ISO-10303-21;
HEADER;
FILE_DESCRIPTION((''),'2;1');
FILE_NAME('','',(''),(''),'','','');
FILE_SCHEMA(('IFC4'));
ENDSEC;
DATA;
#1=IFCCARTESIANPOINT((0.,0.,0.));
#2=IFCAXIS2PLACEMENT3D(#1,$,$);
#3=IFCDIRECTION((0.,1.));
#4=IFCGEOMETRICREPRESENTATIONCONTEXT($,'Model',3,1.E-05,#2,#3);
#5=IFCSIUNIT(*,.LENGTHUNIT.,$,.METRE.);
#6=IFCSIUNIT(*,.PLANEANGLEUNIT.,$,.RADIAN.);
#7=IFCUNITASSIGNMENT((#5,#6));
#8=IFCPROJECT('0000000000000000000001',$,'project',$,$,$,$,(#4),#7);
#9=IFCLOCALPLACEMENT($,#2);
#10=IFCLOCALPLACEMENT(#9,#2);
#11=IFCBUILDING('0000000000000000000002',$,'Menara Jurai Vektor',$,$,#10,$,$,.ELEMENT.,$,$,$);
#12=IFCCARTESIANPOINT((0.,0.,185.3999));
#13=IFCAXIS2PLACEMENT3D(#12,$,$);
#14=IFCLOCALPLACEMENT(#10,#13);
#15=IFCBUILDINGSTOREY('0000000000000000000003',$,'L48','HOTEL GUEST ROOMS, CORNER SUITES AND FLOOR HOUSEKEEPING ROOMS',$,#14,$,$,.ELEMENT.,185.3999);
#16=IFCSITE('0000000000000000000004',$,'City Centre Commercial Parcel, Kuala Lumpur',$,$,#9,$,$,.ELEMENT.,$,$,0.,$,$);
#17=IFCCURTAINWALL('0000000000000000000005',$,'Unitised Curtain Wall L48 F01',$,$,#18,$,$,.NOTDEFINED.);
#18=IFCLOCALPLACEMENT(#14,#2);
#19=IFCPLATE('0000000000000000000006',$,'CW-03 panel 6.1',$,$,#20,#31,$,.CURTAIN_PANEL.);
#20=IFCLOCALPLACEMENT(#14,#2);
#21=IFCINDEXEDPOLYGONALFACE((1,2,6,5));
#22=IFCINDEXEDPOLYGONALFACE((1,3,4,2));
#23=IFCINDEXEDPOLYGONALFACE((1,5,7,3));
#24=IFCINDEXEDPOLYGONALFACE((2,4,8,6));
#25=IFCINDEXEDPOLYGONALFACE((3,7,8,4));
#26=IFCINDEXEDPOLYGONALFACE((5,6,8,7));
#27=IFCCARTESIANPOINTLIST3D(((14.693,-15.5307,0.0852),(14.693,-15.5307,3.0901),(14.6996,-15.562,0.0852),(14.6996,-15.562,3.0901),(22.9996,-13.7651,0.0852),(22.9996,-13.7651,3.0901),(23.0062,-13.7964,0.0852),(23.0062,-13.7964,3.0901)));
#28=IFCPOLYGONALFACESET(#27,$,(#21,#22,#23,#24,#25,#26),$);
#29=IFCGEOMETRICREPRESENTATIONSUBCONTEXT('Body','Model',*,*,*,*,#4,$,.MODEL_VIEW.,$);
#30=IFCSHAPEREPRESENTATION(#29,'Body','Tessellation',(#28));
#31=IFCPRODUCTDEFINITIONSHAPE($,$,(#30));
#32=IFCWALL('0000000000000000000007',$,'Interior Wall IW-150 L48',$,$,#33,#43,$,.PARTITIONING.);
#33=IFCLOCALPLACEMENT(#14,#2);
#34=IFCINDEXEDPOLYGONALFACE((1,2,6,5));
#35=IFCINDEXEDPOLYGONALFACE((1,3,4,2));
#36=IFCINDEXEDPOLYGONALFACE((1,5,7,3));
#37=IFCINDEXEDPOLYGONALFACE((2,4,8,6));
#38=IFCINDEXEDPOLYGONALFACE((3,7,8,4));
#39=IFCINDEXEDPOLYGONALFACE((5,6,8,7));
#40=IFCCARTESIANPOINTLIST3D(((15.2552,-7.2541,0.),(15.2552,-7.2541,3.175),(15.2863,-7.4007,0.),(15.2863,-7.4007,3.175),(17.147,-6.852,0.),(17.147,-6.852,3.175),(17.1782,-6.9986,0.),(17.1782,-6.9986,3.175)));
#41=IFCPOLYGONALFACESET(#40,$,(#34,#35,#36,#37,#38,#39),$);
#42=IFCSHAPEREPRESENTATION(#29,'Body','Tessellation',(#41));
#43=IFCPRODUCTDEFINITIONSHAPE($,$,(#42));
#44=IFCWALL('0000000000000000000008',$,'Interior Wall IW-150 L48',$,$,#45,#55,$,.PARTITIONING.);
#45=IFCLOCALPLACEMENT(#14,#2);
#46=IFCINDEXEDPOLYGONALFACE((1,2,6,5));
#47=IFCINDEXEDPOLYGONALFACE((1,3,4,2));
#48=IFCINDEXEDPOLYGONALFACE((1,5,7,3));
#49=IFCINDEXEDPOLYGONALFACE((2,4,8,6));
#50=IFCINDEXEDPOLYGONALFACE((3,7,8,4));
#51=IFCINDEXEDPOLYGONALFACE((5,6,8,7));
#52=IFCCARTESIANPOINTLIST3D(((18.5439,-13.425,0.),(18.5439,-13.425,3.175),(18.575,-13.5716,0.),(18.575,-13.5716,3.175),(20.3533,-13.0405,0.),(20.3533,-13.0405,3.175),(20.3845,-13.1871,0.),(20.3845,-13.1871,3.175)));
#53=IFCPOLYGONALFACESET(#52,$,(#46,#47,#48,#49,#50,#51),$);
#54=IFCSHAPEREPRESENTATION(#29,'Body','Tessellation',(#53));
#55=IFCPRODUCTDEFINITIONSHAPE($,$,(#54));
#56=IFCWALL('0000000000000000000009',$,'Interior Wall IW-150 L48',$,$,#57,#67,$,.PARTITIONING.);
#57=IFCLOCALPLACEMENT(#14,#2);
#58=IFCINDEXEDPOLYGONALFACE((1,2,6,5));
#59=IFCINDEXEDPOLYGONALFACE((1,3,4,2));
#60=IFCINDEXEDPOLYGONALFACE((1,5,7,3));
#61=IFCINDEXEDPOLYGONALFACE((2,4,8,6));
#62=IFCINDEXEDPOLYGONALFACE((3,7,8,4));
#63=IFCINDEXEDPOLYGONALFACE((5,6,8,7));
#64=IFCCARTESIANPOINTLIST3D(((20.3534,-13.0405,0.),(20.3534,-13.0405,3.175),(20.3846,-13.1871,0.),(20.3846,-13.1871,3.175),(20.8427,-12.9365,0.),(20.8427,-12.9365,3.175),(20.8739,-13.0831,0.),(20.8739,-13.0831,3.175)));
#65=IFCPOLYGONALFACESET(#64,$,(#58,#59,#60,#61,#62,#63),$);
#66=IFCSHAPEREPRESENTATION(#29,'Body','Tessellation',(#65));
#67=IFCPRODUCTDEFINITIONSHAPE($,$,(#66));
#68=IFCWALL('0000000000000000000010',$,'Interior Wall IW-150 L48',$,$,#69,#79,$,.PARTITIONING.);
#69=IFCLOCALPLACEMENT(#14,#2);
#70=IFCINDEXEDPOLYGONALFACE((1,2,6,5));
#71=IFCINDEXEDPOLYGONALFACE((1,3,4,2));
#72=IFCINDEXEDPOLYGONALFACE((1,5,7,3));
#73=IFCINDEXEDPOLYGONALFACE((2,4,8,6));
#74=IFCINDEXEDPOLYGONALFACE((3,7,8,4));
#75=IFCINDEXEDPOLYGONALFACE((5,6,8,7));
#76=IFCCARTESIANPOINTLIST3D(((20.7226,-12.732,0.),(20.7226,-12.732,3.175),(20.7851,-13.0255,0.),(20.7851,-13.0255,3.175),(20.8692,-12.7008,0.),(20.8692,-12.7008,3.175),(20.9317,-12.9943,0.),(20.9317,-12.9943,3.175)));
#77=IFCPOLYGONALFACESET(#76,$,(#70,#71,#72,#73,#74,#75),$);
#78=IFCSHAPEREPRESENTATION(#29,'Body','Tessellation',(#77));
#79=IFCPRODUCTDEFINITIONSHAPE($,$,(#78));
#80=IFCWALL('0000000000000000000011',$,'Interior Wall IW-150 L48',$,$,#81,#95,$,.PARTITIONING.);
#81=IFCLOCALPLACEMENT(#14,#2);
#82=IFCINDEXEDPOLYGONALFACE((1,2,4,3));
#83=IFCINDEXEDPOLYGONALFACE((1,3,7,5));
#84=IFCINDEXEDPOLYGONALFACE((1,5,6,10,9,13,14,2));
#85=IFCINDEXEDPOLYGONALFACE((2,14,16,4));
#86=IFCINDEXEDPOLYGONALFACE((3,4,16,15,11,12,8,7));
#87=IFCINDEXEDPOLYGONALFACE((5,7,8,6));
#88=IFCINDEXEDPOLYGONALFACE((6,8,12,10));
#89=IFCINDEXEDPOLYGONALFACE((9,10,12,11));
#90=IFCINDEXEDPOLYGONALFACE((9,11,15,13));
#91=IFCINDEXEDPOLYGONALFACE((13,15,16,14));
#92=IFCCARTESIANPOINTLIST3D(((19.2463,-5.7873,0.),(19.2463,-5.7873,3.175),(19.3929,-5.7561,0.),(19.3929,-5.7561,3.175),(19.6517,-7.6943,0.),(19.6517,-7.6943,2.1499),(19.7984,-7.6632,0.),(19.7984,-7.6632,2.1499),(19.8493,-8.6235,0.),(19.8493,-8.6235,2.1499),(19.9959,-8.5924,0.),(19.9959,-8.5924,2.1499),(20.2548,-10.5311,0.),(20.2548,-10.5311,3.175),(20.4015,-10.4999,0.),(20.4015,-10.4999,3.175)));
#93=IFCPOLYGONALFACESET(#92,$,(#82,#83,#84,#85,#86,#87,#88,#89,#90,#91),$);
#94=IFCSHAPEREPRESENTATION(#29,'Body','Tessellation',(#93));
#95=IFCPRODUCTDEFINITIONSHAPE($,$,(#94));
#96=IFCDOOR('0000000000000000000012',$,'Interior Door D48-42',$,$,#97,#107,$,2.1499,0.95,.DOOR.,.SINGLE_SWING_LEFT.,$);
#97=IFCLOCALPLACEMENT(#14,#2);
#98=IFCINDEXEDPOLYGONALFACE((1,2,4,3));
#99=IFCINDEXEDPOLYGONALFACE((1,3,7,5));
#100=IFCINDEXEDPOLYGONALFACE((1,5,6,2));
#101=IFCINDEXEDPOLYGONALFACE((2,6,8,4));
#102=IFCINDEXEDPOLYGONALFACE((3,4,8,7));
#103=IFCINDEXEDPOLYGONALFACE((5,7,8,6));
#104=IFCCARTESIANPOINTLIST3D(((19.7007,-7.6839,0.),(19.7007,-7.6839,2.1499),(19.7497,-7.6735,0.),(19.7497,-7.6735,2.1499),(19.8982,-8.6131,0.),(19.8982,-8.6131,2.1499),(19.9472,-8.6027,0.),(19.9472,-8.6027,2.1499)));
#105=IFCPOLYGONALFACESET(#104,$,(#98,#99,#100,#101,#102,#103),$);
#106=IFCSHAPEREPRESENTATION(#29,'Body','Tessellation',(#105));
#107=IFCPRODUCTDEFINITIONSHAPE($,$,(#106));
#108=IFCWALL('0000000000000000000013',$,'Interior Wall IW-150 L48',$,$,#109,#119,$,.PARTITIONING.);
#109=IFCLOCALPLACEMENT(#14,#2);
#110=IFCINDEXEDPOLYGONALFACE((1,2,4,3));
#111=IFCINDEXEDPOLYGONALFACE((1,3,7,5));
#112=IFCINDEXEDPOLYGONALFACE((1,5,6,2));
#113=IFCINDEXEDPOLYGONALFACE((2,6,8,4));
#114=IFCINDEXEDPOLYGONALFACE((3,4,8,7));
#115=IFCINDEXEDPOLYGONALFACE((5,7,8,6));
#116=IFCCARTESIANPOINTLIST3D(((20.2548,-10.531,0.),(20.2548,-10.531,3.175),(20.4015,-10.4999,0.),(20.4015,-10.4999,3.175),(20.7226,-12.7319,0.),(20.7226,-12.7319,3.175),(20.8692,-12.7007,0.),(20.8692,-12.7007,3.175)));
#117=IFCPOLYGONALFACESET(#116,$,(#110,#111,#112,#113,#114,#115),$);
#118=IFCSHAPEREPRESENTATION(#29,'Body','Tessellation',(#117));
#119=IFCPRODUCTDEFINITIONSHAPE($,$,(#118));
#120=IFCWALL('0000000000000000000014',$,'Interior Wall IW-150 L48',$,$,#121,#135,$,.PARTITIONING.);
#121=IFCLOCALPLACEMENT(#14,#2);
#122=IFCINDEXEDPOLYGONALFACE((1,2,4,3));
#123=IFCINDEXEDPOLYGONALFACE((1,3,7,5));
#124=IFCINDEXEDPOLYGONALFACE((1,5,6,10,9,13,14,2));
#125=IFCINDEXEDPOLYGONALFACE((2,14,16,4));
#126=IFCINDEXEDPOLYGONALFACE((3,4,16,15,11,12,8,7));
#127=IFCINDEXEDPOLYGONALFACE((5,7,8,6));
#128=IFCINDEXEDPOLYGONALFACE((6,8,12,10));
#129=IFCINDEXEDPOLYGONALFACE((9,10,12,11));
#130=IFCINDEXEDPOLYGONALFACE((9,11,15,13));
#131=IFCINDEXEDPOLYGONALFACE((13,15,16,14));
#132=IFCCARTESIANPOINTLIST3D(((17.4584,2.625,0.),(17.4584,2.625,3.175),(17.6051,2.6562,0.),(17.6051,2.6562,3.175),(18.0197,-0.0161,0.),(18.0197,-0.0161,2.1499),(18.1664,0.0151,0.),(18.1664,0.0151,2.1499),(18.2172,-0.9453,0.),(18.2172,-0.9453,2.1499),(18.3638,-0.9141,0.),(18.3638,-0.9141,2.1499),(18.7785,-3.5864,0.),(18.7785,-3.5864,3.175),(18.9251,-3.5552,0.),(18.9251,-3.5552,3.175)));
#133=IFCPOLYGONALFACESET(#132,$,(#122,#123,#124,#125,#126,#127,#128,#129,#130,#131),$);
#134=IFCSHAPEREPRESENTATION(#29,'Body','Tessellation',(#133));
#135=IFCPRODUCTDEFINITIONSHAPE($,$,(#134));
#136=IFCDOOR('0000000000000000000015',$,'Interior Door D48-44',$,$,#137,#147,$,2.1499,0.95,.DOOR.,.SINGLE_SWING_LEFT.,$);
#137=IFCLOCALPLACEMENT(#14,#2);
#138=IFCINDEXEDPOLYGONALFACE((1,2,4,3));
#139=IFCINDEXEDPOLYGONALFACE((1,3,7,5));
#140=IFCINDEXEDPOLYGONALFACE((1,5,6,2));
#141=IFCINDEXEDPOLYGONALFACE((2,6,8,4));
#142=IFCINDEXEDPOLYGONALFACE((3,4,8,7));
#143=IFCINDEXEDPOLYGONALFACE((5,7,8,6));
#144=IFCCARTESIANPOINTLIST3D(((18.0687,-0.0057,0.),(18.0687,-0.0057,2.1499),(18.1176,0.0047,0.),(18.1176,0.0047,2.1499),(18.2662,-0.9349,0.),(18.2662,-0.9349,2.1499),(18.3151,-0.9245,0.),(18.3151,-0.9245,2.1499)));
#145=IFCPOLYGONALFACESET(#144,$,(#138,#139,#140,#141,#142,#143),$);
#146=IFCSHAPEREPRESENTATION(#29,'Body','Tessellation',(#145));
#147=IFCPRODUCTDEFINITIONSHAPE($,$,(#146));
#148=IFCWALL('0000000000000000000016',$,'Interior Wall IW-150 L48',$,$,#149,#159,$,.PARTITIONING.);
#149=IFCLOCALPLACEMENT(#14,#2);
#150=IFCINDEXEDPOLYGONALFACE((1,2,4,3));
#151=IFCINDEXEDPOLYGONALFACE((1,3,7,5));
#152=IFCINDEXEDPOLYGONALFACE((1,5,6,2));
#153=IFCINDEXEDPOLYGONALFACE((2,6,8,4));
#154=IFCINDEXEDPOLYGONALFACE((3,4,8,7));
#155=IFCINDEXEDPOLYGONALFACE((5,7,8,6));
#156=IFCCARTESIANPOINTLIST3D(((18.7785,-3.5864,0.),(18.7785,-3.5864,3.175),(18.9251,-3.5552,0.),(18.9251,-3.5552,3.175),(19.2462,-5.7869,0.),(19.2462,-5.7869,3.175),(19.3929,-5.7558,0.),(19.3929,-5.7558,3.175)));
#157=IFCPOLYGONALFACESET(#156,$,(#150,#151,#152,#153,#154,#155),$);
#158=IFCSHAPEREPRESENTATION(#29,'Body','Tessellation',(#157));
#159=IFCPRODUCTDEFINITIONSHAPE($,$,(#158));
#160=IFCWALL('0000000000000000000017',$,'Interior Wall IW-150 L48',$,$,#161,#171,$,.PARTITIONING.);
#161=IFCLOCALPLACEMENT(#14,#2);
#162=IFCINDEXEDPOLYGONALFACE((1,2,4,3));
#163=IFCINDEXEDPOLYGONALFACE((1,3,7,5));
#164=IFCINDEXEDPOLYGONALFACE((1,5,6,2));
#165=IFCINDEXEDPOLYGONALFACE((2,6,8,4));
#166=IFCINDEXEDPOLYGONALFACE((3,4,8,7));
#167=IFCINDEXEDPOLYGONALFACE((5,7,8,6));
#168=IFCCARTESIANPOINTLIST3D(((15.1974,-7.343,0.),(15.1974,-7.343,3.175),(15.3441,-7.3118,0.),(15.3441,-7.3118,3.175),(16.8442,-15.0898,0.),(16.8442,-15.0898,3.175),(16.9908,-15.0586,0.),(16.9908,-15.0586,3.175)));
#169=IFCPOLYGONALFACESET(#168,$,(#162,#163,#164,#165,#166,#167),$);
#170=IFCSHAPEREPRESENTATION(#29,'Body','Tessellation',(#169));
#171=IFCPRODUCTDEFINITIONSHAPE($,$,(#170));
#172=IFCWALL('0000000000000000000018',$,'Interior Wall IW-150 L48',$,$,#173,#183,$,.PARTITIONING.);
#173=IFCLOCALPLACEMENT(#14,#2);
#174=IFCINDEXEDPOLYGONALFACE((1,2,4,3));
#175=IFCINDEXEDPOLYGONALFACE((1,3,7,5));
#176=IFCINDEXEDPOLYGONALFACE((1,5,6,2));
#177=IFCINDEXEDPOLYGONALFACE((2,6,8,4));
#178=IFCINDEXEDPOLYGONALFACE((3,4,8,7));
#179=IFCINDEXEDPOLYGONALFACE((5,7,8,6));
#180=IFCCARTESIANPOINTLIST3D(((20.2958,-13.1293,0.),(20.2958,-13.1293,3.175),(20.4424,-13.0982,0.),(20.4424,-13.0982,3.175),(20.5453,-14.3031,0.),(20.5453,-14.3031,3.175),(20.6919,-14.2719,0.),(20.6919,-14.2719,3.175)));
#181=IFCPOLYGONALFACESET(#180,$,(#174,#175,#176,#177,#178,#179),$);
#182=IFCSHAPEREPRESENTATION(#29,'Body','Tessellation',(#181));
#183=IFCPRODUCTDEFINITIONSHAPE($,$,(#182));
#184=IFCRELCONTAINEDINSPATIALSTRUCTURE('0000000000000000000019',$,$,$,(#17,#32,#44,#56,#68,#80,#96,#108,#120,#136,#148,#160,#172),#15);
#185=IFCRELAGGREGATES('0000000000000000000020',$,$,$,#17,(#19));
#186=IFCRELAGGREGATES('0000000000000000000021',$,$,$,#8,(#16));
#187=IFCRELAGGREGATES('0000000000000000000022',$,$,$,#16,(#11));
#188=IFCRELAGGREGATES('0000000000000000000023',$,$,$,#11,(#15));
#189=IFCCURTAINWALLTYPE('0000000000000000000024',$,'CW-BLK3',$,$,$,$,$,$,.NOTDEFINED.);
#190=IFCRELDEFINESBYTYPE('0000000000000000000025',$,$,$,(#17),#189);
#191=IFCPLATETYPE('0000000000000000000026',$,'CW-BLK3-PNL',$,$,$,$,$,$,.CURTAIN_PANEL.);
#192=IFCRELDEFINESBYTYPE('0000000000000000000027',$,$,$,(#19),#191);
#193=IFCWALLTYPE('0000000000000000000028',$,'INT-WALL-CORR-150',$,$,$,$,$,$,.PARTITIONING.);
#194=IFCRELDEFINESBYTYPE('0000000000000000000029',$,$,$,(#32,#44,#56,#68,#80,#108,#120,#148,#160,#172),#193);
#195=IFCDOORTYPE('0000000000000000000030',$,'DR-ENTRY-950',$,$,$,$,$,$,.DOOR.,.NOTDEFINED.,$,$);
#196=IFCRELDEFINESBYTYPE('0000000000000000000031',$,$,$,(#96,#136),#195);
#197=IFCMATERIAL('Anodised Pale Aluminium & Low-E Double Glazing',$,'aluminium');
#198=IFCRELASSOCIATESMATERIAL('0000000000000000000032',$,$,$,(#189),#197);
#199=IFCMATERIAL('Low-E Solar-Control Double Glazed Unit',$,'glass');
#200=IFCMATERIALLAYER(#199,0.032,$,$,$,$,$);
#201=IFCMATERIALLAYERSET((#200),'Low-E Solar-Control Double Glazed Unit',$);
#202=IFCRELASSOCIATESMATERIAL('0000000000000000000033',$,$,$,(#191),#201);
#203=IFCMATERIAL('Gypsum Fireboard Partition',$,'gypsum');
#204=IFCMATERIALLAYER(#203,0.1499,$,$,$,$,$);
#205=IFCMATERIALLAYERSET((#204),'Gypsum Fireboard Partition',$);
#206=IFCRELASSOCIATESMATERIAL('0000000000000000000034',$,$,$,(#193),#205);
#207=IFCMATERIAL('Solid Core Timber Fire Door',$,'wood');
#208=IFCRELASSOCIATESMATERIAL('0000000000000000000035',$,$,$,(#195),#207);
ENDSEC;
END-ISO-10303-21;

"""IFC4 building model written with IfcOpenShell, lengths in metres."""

from ifc_helpers import new_model, si_unit, direction, frame, frame_2d, origin, origin_2d, place, context, subcontext, project, spatial, rectangle, extrude, material, layer, layer_set, type_object, element, fill, aggregate, save


model = new_model("IFC4")

# Units and contexts
model_context = context("Model", 3, precision=1e-05, world=origin(), true_north=direction((0.0, 1.0)))
body_context = subcontext(model_context, "Body", "Model", "MODEL_VIEW")
ifc_project = project(units=[si_unit("LENGTHUNIT", "METRE"), si_unit("PLANEANGLEUNIT", "RADIAN")], contexts=[model_context])

# Site, building, storey
site_placement = place(None, origin())
site = spatial("IfcSite", under=ifc_project, at=site_placement, Name="City Centre Commercial Parcel, Kuala Lumpur", CompositionType="ELEMENT", RefElevation=0.0)
building_placement = place(site_placement, origin())
building = spatial("IfcBuilding", under=site, at=building_placement, Name="Menara Jurai Vektor", CompositionType="ELEMENT")
storey_placement = place(building_placement, frame((0.0, 0.0, 185.3999)))
storey = spatial("IfcBuildingStorey", under=building, at=storey_placement, Name="L48", Description="HOTEL GUEST ROOMS, CORNER SUITES AND FLOOR HOUSEKEEPING ROOMS", CompositionType="ELEMENT", Elevation=185.3999)

# Curtain wall
ifc_material_1 = material(Name="Anodised Pale Aluminium & Low-E Double Glazing", Category="aluminium")
curtain_wall_type = type_object("IfcCurtainWallType", Name="CW-BLK3", PredefinedType="NOTDEFINED", material=ifc_material_1)
curtain_wall_placement = place(storey_placement, origin())
curtain_wall = element("IfcCurtainWall", 1, at=curtain_wall_placement, inside=storey, type_object=curtain_wall_type, Name="Unitised Curtain Wall L48 F01", PredefinedType="NOTDEFINED")

# Plate
ifc_material_2 = material(Name="Low-E Solar-Control Double Glazed Unit", Category="glass")
ifc_layer_1 = layer(ifc_material_2, 0.032)
ifc_layer_set_1 = layer_set([ifc_layer_1], Name="Low-E Solar-Control Double Glazed Unit")
plate_type = type_object("IfcPlateType", Name="CW-BLK3-PNL", PredefinedType="CURTAIN_PANEL", material=ifc_layer_set_1)
plate_placement = place(storey_placement, frame((18.8496, -14.6636, 0.0852), z_axis=(0.0, 0.0, 1.0), x_axis=(0.978148, 0.207911, 0.0)))
plate = element("IfcPlate", 2, at=plate_placement, type_object=plate_type, Name="CW-03 panel 6.1", PredefinedType="CURTAIN_PANEL", context=body_context, shape_type="SweptSolid", body=[
    extrude(rectangle(XDim=8.4922, YDim=0.032, at=origin_2d()), origin(), (0.0, 0.0, 1.0), 3.0049),
])
aggregate(curtain_wall, [plate])

# Walls
ifc_material_3 = material(Name="Gypsum Fireboard Partition", Category="gypsum")
ifc_layer_2 = layer(ifc_material_3, 0.1499)
ifc_layer_set_2 = layer_set([ifc_layer_2], Name="Gypsum Fireboard Partition")
wall_type_1 = type_object("IfcWallType", Name="INT-WALL-CORR-150", PredefinedType="PARTITIONING", material=ifc_layer_set_2)
wall_1_placement = place(storey_placement, frame((15.2708, -7.3274, 0.0), z_axis=(0.0, 0.0, 1.0), x_axis=(0.97815, 0.2079, 0.0)))
element("IfcWall", 3, at=wall_1_placement, inside=storey, type_object=wall_type_1, Name="Interior Wall IW-150 L48", PredefinedType="PARTITIONING", context=body_context, shape_type="SweptSolid", body=[
    extrude(rectangle(XDim=1.9341, YDim=0.1499, at=frame_2d((0.967, 0.0))), origin(), (0.0, 0.0, 1.0), 3.175),
])
wall_2_placement = place(storey_placement, frame((18.5596, -13.4983, 0.0), z_axis=(0.0, 0.0, 1.0), x_axis=(0.97816, 0.207852, 0.0)))
element("IfcWall", 4, at=wall_2_placement, inside=storey, type_object=wall_type_1, Name="Interior Wall IW-150 L48", PredefinedType="PARTITIONING", context=body_context, shape_type="SweptSolid", body=[
    extrude(rectangle(XDim=1.8499, YDim=0.1499, at=frame_2d((0.9248, 0.0))), origin(), (0.0, 0.0, 1.0), 3.175),
])
wall_3_placement = place(storey_placement, frame((20.3691, -13.1138, 0.0), z_axis=(0.0, 0.0, 1.0), x_axis=(0.978144, 0.207929, 0.0)))
element("IfcWall", 5, at=wall_3_placement, inside=storey, type_object=wall_type_1, Name="Interior Wall IW-150 L48", PredefinedType="PARTITIONING", context=body_context, shape_type="SweptSolid", body=[
    extrude(rectangle(XDim=0.5002, YDim=0.1499, at=frame_2d((0.25, 0.0))), origin(), (0.0, 0.0, 1.0), 3.175),
])
wall_4_placement = place(storey_placement, frame((20.8584, -13.0098, 0.0), z_axis=(0.0, 0.0, 1.0), x_axis=(-0.208306, 0.978064, 0.0)))
element("IfcWall", 6, at=wall_4_placement, inside=storey, type_object=wall_type_1, Name="Interior Wall IW-150 L48", PredefinedType="PARTITIONING", context=body_context, shape_type="SweptSolid", body=[
    extrude(rectangle(XDim=0.3, YDim=0.1499, at=frame_2d((0.1499, 0.0))), origin(), (0.0, 0.0, 1.0), 3.175),
])

# Wall, opening, door
wall_5_placement = place(storey_placement, frame((20.3281, -10.5154, 0.0), z_axis=(0.0, 0.0, 1.0), x_axis=(-0.207951, 0.978139, 0.0)))
wall_5 = element("IfcWall", 7, at=wall_5_placement, inside=storey, type_object=wall_type_1, Name="Interior Wall IW-150 L48", PredefinedType="PARTITIONING", context=body_context, shape_type="SweptSolid", body=[
    extrude(rectangle(XDim=4.8499, YDim=0.1499, at=frame_2d((2.4248, 0.0))), origin(), (0.0, 0.0, 1.0), 3.175),
])
opening_1_placement = place(wall_5_placement, frame((1.95, 0.0, 0.0)))
opening_1 = element("IfcOpeningElement", 8, at=opening_1_placement, cuts=wall_5, PredefinedType="OPENING", context=body_context, shape_type="SweptSolid", body=[
    extrude(rectangle(XDim=0.95, YDim=2.1499, at=frame_2d((0.4751, 1.075))), frame((0.0, 0.085, 0.0), z_axis=(0.0, -1.0, 0.0), x_axis=(1.0, 0.0, 0.0)), (0.0, 0.0, 1.0), 0.1699),
])
ifc_material_4 = material(Name="Solid Core Timber Fire Door", Category="wood")
door_type = type_object("IfcDoorType", Name="DR-ENTRY-950", OperationType="NOTDEFINED", PredefinedType="DOOR", material=ifc_material_4)
door_1_placement = place(opening_1_placement, origin())
door_1 = element("IfcDoor", 9, at=door_1_placement, inside=storey, type_object=door_type, Name="Interior Door D48-42", OperationType="SINGLE_SWING_LEFT", OverallHeight=2.1499, OverallWidth=0.95, PredefinedType="DOOR", context=body_context, shape_type="SweptSolid", body=[
    extrude(rectangle(XDim=0.95, YDim=2.1499, at=frame_2d((0.4751, 1.075))), frame((0.0, 0.0249, 0.0), z_axis=(0.0, -1.0, 0.0), x_axis=(1.0, 0.0, 0.0)), (0.0, 0.0, 1.0), 0.05),
])
fill(opening_1, door_1)

# Wall
wall_6_placement = place(storey_placement, frame((20.7959, -12.7163, 0.0), z_axis=(0.0, 0.0, 1.0), x_axis=(-0.207891, 0.978152, 0.0)))
element("IfcWall", 10, at=wall_6_placement, inside=storey, type_object=wall_type_1, Name="Interior Wall IW-150 L48", PredefinedType="PARTITIONING", context=body_context, shape_type="SweptSolid", body=[
    extrude(rectangle(XDim=2.25, YDim=0.1499, at=frame_2d((1.125, 0.0))), origin(), (0.0, 0.0, 1.0), 3.175),
])

# Wall, opening, door
wall_7_placement = place(storey_placement, frame((18.8518, -3.5708, 0.0), z_axis=(0.0, 0.0, 1.0), x_axis=(-0.20788, 0.978154, 0.0)))
wall_7 = element("IfcWall", 11, at=wall_7_placement, inside=storey, type_object=wall_type_1, Name="Interior Wall IW-150 L48", PredefinedType="PARTITIONING", context=body_context, shape_type="SweptSolid", body=[
    extrude(rectangle(XDim=6.3501, YDim=0.1499, at=frame_2d((3.175, 0.0))), origin(), (0.0, 0.0, 1.0), 3.175),
])
opening_2_placement = place(wall_7_placement, frame((2.7, 0.0, 0.0)))
opening_2 = element("IfcOpeningElement", 12, at=opening_2_placement, cuts=wall_7, PredefinedType="OPENING", context=body_context, shape_type="SweptSolid", body=[
    extrude(rectangle(XDim=0.95, YDim=2.1499, at=frame_2d((0.4751, 1.075))), frame((0.0, 0.085, 0.0), z_axis=(0.0, -1.0, 0.0), x_axis=(1.0, 0.0, 0.0)), (0.0, 0.0, 1.0), 0.1699),
])
door_2_placement = place(opening_2_placement, origin())
door_2 = element("IfcDoor", 13, at=door_2_placement, inside=storey, type_object=door_type, Name="Interior Door D48-44", OperationType="SINGLE_SWING_LEFT", OverallHeight=2.1499, OverallWidth=0.95, PredefinedType="DOOR", context=body_context, shape_type="SweptSolid", body=[
    extrude(rectangle(XDim=0.95, YDim=2.1499, at=frame_2d((0.4751, 1.075))), frame((0.0, 0.0249, 0.0), z_axis=(0.0, -1.0, 0.0), x_axis=(1.0, 0.0, 0.0)), (0.0, 0.0, 1.0), 0.05),
])
fill(opening_2, door_2)

# Walls
wall_8_placement = place(storey_placement, frame((19.3196, -5.7715, 0.0), z_axis=(0.0, 0.0, 1.0), x_axis=(-0.207913, 0.978147, 0.0)))
element("IfcWall", 14, at=wall_8_placement, inside=storey, type_object=wall_type_1, Name="Interior Wall IW-150 L48", PredefinedType="PARTITIONING", context=body_context, shape_type="SweptSolid", body=[
    extrude(rectangle(XDim=2.2498, YDim=0.1499, at=frame_2d((1.125, 0.0))), origin(), (0.0, 0.0, 1.0), 3.175),
])
wall_9_placement = place(storey_placement, frame((16.9175, -15.0742, 0.0), z_axis=(0.0, 0.0, 1.0), x_axis=(-0.207923, 0.978145, 0.0)))
element("IfcWall", 15, at=wall_9_placement, inside=storey, type_object=wall_type_1, Name="Interior Wall IW-150 L48", PredefinedType="PARTITIONING", context=body_context, shape_type="SweptSolid", body=[
    extrude(rectangle(XDim=7.9199, YDim=0.1499, at=frame_2d((3.96, 0.0))), origin(), (0.0, 0.0, 1.0), 3.175),
])
wall_10_placement = place(storey_placement, frame((20.6187, -14.2876, 0.0), z_axis=(0.0, 0.0, 1.0), x_axis=(-0.207917, 0.978146, 0.0)))
element("IfcWall", 16, at=wall_10_placement, inside=storey, type_object=wall_type_1, Name="Interior Wall IW-150 L48", PredefinedType="PARTITIONING", context=body_context, shape_type="SweptSolid", body=[
    extrude(rectangle(XDim=1.2, YDim=0.1499, at=frame_2d((0.6001, 0.0))), origin(), (0.0, 0.0, 1.0), 3.175),
])

save(model, "model.ifc")
